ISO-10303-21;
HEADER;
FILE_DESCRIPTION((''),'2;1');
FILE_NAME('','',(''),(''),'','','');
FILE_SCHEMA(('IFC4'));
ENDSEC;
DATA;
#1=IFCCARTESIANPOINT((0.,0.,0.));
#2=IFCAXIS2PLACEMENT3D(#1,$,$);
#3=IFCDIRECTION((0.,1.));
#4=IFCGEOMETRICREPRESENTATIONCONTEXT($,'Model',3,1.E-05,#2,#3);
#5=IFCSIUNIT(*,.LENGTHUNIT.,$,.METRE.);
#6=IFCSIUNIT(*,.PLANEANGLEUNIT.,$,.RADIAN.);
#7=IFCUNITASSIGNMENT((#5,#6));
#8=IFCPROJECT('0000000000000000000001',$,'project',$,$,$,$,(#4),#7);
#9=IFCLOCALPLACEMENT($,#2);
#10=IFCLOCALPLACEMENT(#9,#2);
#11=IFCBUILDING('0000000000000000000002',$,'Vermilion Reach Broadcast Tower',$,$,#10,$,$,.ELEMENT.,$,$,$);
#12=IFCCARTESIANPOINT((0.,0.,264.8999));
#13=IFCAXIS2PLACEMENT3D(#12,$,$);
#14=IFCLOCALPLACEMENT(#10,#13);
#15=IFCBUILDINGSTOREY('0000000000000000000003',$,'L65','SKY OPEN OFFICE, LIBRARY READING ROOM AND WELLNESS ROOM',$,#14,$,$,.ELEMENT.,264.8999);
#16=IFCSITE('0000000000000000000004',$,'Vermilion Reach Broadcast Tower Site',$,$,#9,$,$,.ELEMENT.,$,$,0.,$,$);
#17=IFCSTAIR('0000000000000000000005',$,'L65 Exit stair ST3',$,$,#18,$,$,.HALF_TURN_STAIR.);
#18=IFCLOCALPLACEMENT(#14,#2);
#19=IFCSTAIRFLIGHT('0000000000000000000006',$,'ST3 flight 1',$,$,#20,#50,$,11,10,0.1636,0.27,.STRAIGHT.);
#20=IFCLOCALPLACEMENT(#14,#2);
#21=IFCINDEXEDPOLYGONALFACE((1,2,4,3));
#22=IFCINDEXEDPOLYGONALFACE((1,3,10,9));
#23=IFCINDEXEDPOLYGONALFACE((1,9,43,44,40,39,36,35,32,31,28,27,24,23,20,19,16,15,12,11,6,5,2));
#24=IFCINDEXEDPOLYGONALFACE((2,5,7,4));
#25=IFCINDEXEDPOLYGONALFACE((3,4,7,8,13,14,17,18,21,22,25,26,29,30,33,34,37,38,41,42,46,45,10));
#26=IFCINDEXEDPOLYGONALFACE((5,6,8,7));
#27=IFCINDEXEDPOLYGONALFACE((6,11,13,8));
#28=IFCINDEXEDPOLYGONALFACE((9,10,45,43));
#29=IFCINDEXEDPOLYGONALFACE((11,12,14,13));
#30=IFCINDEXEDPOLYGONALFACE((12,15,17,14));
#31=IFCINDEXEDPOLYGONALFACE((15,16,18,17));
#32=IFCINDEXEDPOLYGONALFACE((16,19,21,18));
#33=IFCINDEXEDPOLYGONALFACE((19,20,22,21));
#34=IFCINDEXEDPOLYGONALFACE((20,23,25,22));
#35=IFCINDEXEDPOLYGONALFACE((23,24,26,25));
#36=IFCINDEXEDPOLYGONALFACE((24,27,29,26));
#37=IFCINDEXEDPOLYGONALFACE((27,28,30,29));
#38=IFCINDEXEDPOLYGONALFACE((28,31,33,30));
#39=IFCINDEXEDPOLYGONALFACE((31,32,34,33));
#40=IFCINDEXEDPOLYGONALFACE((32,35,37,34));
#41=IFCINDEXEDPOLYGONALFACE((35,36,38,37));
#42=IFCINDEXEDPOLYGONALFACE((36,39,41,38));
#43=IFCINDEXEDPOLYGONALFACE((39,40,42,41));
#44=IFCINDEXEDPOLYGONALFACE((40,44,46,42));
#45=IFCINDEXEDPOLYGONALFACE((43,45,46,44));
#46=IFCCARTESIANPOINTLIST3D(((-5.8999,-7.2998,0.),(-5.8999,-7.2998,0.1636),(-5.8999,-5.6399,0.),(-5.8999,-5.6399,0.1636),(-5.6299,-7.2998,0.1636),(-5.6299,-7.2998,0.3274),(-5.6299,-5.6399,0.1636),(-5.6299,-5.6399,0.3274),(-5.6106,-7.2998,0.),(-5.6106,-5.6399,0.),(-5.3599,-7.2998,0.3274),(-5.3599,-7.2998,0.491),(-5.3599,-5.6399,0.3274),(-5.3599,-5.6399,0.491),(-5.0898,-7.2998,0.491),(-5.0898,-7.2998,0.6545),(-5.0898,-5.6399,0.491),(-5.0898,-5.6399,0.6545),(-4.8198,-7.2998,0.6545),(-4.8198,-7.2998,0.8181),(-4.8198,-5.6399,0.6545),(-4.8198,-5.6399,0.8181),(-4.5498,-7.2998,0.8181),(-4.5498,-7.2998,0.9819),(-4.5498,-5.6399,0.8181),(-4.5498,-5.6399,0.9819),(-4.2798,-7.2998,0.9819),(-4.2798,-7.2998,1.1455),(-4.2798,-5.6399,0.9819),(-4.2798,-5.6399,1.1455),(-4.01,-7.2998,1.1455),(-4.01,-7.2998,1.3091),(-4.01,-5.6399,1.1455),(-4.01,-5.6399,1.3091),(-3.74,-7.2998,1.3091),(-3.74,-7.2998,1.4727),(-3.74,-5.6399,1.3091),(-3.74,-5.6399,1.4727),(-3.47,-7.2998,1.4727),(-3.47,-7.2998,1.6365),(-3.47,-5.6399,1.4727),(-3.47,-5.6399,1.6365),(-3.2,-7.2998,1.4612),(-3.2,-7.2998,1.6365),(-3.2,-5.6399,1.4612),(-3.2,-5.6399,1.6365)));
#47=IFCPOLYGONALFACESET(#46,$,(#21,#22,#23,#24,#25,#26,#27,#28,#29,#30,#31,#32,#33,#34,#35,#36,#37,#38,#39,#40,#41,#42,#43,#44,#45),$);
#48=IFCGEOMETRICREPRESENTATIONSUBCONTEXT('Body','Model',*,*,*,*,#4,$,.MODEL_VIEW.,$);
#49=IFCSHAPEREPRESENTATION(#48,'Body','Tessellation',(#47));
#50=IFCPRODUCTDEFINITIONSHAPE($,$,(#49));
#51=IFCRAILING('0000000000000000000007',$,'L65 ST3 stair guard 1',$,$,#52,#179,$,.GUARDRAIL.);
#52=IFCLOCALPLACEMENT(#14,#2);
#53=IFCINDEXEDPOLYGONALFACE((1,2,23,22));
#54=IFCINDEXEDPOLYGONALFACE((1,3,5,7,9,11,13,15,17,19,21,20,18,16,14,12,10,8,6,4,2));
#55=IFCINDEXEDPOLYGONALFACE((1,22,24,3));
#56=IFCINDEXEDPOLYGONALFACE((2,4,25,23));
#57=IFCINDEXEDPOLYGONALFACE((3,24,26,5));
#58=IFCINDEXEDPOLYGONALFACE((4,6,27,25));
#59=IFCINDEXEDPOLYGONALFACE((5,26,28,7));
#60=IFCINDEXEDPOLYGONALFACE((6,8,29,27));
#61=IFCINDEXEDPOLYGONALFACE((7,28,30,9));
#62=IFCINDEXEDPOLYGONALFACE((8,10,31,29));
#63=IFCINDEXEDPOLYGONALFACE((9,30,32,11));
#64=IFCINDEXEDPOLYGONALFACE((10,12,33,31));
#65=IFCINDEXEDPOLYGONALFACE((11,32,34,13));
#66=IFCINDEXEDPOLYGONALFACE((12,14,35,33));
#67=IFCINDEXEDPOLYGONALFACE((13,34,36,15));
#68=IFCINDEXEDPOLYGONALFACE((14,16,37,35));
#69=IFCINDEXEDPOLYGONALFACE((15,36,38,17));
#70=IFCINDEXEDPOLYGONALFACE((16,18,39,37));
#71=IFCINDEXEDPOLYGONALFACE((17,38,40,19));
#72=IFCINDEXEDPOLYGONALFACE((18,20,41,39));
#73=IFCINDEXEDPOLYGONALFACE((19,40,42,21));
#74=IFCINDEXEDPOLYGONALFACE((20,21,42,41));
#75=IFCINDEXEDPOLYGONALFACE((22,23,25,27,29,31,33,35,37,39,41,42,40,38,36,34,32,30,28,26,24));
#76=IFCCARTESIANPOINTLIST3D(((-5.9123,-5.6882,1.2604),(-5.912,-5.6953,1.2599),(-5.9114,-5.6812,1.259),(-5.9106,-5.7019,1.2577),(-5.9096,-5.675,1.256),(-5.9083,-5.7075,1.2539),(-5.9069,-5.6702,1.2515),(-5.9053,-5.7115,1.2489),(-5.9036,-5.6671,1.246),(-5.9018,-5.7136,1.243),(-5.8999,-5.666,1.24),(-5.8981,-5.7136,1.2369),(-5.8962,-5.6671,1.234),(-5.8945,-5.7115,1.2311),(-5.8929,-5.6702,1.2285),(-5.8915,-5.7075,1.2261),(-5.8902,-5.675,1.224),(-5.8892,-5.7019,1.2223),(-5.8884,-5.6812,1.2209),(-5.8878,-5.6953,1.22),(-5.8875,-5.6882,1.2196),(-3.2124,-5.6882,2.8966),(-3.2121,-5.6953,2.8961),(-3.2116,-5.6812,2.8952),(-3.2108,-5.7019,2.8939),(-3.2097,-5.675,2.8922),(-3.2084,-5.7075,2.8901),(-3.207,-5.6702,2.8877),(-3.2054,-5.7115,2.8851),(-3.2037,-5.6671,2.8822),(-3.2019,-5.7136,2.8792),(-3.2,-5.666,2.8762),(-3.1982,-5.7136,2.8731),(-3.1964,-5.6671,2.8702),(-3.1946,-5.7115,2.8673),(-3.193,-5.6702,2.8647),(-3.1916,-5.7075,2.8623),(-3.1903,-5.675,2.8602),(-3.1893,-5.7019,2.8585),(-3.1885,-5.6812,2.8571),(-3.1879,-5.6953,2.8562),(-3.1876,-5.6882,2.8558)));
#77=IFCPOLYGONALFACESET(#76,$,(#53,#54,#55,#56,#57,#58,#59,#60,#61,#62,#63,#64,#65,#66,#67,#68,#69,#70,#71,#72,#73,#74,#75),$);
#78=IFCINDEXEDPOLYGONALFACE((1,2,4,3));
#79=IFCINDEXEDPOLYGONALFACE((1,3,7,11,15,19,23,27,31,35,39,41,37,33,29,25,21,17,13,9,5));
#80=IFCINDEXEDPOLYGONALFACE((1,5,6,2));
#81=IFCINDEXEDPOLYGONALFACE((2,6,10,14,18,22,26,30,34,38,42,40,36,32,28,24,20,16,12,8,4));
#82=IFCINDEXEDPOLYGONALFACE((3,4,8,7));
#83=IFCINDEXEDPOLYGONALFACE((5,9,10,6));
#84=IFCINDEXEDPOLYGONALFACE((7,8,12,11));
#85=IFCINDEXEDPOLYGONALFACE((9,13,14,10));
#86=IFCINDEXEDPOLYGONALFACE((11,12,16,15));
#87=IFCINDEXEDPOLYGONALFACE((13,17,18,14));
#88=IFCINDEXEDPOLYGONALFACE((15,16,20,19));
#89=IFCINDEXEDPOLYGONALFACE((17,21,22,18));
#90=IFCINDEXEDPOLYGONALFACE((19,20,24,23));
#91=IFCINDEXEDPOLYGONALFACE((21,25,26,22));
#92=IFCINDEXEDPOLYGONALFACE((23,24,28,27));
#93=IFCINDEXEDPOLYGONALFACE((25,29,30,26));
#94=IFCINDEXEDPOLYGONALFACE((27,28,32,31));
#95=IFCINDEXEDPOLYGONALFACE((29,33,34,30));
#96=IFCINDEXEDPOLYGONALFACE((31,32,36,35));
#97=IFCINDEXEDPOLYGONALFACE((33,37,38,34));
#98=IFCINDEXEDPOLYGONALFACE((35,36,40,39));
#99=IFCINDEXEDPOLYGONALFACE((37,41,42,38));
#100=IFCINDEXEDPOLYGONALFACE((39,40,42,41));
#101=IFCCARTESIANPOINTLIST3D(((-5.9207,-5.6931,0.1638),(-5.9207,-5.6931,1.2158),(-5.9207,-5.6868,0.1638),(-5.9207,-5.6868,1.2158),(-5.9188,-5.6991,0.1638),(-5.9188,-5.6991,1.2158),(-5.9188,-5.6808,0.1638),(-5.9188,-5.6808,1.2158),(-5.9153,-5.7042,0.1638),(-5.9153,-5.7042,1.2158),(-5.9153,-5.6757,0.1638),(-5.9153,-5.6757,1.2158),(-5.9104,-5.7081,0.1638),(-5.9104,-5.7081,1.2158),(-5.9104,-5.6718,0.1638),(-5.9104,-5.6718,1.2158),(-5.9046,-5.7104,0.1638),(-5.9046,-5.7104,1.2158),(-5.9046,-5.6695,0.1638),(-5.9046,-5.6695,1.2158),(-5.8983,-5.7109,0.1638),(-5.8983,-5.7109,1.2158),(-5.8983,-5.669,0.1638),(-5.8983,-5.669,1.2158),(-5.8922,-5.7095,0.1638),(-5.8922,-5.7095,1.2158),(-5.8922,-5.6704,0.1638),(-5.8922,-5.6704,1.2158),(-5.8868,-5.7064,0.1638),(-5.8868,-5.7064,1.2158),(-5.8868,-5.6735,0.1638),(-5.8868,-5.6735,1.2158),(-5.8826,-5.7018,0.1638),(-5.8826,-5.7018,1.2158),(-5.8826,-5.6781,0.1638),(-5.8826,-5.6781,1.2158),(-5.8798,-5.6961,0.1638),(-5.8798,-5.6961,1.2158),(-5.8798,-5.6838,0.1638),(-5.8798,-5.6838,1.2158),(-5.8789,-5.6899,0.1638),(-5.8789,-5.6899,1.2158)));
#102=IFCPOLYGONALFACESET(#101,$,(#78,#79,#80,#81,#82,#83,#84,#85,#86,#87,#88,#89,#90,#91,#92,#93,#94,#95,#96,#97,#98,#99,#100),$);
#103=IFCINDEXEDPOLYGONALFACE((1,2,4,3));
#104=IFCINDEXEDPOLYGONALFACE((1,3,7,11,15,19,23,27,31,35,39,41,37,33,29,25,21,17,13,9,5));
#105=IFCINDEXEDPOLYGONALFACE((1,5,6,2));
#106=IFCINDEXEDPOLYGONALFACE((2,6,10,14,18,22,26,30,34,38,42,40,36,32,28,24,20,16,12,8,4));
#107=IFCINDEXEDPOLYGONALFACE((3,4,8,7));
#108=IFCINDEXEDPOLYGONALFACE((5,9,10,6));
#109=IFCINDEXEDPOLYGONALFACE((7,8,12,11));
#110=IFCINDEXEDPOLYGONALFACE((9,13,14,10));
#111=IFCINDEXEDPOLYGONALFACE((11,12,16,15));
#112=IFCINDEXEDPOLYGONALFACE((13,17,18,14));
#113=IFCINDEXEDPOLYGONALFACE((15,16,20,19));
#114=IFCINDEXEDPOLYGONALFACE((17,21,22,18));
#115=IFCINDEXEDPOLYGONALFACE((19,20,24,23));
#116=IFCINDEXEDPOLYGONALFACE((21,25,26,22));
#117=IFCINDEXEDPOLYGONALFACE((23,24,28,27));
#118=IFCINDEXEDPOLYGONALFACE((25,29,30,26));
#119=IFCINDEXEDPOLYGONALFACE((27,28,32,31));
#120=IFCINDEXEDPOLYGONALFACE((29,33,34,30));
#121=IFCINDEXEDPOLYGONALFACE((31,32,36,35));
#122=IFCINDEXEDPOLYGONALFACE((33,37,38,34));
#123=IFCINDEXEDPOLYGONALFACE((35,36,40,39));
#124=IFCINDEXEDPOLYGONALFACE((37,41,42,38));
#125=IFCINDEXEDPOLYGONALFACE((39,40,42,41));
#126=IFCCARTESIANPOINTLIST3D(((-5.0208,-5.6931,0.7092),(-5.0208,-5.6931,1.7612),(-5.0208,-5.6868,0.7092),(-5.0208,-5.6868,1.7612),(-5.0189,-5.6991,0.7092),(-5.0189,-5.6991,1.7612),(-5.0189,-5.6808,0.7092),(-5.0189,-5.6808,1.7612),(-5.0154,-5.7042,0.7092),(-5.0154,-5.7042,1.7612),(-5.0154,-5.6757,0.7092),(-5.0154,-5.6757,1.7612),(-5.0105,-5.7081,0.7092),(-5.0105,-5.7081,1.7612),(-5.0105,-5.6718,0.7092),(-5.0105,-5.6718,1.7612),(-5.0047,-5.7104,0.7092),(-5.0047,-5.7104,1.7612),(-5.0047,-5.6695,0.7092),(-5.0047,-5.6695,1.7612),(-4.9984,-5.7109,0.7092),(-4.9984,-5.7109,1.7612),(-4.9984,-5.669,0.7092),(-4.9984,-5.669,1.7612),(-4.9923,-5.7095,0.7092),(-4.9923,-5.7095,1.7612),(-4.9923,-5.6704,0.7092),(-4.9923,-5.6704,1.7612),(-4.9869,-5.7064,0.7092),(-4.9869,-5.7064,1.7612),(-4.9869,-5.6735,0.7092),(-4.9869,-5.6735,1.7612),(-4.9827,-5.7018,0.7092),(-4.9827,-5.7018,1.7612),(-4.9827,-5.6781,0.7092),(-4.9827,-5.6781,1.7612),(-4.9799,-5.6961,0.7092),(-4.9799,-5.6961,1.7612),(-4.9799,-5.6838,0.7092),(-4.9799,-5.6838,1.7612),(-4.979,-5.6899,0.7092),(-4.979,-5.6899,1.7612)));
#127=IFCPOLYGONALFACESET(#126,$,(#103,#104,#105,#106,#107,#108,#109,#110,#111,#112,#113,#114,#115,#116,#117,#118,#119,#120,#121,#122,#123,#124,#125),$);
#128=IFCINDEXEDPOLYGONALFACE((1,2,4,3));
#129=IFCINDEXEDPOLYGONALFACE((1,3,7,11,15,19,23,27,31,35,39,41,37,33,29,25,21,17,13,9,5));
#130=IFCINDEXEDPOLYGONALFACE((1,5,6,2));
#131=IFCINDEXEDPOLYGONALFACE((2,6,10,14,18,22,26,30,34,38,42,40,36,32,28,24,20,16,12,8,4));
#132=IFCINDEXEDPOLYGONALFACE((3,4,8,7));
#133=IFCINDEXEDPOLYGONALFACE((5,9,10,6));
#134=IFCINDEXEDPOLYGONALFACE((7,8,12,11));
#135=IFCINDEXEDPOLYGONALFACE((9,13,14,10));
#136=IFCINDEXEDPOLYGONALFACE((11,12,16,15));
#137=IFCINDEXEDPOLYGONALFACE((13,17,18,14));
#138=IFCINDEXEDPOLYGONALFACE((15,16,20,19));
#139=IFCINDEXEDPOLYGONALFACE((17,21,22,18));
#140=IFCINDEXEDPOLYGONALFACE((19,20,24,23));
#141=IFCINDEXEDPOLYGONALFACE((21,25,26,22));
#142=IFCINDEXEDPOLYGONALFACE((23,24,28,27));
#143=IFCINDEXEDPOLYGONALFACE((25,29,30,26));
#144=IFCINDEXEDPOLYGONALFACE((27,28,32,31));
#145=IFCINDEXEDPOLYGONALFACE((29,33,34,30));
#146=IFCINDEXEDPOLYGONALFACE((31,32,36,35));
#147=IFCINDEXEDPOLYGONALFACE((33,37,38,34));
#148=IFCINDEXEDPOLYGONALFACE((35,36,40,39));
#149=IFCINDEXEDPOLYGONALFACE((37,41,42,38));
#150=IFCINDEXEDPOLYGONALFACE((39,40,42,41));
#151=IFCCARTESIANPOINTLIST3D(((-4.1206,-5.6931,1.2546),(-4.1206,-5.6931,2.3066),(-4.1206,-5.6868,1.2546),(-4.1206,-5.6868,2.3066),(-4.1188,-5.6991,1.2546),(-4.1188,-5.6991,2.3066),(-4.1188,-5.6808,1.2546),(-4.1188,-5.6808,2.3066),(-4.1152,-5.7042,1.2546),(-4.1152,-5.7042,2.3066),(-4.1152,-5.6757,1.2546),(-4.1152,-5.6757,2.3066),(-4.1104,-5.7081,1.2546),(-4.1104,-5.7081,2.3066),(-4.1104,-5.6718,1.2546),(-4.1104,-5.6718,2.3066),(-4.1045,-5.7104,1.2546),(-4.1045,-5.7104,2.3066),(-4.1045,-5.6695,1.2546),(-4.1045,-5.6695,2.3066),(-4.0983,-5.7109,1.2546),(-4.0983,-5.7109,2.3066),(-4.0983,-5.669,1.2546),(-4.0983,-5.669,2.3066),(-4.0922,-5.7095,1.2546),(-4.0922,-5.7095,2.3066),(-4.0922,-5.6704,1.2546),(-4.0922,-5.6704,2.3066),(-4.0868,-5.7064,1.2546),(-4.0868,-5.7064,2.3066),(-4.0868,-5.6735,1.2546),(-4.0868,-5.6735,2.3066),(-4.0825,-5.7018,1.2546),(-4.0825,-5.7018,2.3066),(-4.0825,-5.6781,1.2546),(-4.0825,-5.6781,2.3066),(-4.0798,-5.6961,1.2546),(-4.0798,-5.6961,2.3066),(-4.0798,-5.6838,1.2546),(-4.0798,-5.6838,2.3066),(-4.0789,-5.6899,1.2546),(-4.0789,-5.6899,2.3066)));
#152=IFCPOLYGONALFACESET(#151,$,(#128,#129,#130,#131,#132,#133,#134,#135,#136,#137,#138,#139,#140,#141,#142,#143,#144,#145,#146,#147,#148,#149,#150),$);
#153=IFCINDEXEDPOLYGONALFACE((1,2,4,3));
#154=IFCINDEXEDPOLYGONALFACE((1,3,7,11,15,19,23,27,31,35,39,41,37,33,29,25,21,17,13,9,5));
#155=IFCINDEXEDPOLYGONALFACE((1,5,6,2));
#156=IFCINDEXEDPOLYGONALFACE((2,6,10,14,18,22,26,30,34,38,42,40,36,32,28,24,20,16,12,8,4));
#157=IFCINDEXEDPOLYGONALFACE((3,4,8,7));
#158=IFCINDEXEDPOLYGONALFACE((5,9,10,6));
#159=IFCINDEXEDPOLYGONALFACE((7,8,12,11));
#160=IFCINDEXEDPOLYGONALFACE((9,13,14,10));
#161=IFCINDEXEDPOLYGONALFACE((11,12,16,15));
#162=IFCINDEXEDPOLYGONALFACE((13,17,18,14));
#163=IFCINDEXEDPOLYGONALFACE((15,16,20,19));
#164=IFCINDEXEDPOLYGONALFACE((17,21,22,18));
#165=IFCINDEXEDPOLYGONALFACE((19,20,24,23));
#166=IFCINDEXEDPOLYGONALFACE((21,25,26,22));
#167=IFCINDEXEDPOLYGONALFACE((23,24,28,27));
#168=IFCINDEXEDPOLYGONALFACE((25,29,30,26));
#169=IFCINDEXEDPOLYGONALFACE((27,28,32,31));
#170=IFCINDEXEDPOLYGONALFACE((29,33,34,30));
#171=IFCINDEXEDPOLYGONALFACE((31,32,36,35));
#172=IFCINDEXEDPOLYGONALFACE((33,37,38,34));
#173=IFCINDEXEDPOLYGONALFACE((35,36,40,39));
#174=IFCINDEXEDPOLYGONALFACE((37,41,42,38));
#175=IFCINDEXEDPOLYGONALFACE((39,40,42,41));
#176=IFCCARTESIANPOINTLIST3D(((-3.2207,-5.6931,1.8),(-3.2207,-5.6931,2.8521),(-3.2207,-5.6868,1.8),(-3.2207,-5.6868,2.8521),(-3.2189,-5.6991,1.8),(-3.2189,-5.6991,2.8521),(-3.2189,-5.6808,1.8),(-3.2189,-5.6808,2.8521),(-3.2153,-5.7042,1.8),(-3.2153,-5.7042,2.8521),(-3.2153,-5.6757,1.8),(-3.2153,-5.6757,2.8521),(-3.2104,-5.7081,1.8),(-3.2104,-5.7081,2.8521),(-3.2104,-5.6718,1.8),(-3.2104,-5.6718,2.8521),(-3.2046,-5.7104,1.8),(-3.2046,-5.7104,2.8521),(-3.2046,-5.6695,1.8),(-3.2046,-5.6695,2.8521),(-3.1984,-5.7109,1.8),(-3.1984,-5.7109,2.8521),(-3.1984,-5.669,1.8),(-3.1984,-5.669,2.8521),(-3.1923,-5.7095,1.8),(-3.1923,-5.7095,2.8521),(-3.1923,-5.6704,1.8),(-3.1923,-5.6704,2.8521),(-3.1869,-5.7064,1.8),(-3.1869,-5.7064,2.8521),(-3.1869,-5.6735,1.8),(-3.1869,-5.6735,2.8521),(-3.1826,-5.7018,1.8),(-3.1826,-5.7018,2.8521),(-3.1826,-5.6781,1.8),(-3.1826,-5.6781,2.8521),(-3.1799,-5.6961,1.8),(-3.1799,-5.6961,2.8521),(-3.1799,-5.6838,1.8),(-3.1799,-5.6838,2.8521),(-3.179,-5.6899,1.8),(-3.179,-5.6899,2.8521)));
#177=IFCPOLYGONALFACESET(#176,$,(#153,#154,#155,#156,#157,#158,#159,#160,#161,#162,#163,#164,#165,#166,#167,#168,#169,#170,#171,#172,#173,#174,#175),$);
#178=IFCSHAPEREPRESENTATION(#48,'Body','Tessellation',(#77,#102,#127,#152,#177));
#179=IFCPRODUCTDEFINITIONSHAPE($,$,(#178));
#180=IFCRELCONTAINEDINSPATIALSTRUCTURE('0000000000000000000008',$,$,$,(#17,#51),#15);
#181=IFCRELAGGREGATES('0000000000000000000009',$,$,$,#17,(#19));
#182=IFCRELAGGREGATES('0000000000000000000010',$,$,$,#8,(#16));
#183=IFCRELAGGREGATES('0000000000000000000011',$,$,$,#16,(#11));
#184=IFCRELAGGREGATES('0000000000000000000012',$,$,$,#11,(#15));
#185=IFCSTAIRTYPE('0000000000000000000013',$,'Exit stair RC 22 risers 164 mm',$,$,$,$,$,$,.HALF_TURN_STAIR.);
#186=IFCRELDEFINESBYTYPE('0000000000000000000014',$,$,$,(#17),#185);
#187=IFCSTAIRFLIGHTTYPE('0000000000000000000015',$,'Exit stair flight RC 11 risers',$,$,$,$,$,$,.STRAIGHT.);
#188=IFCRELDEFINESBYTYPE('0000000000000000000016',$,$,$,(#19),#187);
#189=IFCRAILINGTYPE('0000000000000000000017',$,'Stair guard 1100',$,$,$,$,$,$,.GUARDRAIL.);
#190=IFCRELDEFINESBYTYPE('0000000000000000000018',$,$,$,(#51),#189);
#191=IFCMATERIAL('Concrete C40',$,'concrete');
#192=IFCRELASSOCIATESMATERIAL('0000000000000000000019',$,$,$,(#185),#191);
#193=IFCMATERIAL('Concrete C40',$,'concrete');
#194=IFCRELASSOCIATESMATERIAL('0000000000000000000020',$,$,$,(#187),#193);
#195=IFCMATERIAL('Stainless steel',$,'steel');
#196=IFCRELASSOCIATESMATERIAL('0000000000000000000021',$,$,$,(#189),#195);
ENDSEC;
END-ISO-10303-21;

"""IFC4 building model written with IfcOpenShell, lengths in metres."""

from ifc_helpers import new_model, si_unit, direction, frame, origin, origin_2d, place, context, subcontext, project, spatial, polyline, circle, outline, extrude, material, type_object, element, aggregate, save


model = new_model("IFC4")

# Units and contexts
model_context = context("Model", 3, precision=1e-05, world=origin(), true_north=direction((0.0, 1.0)))
body_context = subcontext(model_context, "Body", "Model", "MODEL_VIEW")
ifc_project = project(units=[si_unit("LENGTHUNIT", "METRE"), si_unit("PLANEANGLEUNIT", "RADIAN")], contexts=[model_context])

# Site, building, storey
site_placement = place(None, origin())
site = spatial("IfcSite", under=ifc_project, at=site_placement, Name="Vermilion Reach Broadcast Tower Site", CompositionType="ELEMENT", RefElevation=0.0)
building_placement = place(site_placement, origin())
building = spatial("IfcBuilding", under=site, at=building_placement, Name="Vermilion Reach Broadcast Tower", CompositionType="ELEMENT")
storey_placement = place(building_placement, frame((0.0, 0.0, 264.8999)))
storey = spatial("IfcBuildingStorey", under=building, at=storey_placement, Name="L65", Description="SKY OPEN OFFICE, LIBRARY READING ROOM AND WELLNESS ROOM", CompositionType="ELEMENT", Elevation=264.8999)

# Stair, stair flight
ifc_material_1 = material(Name="Concrete C40", Category="concrete")
stair_type = type_object("IfcStairType", Name="Exit stair RC 22 risers 164 mm", PredefinedType="HALF_TURN_STAIR", material=ifc_material_1)
stair_placement = place(storey_placement, origin())
stair = element("IfcStair", 1, at=stair_placement, inside=storey, type_object=stair_type, Name="L65 Exit stair ST3", PredefinedType="HALF_TURN_STAIR")
ifc_material_2 = material(Name="Concrete C40", Category="concrete")
stair_flight_type = type_object("IfcStairFlightType", Name="Exit stair flight RC 11 risers", PredefinedType="STRAIGHT", material=ifc_material_2)
stair_flight_placement = place(storey_placement, frame((-5.8999, -6.47, 0.0), z_axis=(0.0, 0.0, 1.0), x_axis=(1.0, 0.0, 0.0)))
stair_flight = element("IfcStairFlight", 2, at=stair_flight_placement, type_object=stair_flight_type, Name="ST3 flight 1", NumberOfRisers=11, NumberOfTreads=10, PredefinedType="STRAIGHT", RiserHeight=0.1636, TreadLength=0.27, context=body_context, shape_type="SweptSolid", body=[
    extrude(outline(polyline([(0.0, 0.0), (0.0, 0.1636), (0.27, 0.1636), (0.27, 0.3274), (0.54, 0.3274), (0.54, 0.491), (0.8101, 0.491), (0.8101, 0.6545), (1.0801, 0.6545), (1.0801, 0.8181), (1.3501, 0.8181), (1.3501, 0.9819), (1.6201, 0.9819), (1.6201, 1.1455), (1.8899, 1.1455), (1.8899, 1.3091), (2.1599, 1.3091), (2.1599, 1.4727), (2.4299, 1.4727), (2.4299, 1.6365), (2.7, 1.6365), (2.7, 1.8), (2.7, 1.4612), (0.2893, 0.0), (0.0, 0.0)])), frame((0.0, 0.8301, 0.0), z_axis=(0.0, -1.0, 0.0), x_axis=(1.0, 0.0, 0.0)), (0.0, 0.0, 1.0), 1.6599),
])
aggregate(stair, [stair_flight])

# Railing
ifc_material_3 = material(Name="Stainless steel", Category="steel")
railing_type_1 = type_object("IfcRailingType", Name="Stair guard 1100", PredefinedType="GUARDRAIL", material=ifc_material_3)
railing_1_placement = place(storey_placement, frame((-5.8999, -5.6899, 0.1638)))
element("IfcRailing", 3, at=railing_1_placement, inside=storey, type_object=railing_type_1, Name="L65 ST3 stair guard 1", PredefinedType="GUARDRAIL", context=body_context, shape_type="SweptSolid", body=[
    extrude(circle(Radius=0.0239, at=origin_2d()), frame((0.0, 0.0, 1.0762), z_axis=(0.855212, 0.0, 0.518278), x_axis=(0.0, 1.0, 0.0)), (0.0, 0.0, 1.0), 3.157),
    extrude(circle(Radius=0.021, at=origin_2d()), origin(), (0.0, 0.0, 1.0), 1.052),
    extrude(circle(Radius=0.021, at=origin_2d()), frame((0.8999, 0.0, 0.5454)), (0.0, 0.0, 1.0), 1.052),
    extrude(circle(Radius=0.021, at=origin_2d()), frame((1.8, 0.0, 1.0908)), (0.0, 0.0, 1.0), 1.052),
    extrude(circle(Radius=0.021, at=origin_2d()), frame((2.7, 0.0, 1.6362)), (0.0, 0.0, 1.0), 1.052),
])

save(model, "model.ifc")
